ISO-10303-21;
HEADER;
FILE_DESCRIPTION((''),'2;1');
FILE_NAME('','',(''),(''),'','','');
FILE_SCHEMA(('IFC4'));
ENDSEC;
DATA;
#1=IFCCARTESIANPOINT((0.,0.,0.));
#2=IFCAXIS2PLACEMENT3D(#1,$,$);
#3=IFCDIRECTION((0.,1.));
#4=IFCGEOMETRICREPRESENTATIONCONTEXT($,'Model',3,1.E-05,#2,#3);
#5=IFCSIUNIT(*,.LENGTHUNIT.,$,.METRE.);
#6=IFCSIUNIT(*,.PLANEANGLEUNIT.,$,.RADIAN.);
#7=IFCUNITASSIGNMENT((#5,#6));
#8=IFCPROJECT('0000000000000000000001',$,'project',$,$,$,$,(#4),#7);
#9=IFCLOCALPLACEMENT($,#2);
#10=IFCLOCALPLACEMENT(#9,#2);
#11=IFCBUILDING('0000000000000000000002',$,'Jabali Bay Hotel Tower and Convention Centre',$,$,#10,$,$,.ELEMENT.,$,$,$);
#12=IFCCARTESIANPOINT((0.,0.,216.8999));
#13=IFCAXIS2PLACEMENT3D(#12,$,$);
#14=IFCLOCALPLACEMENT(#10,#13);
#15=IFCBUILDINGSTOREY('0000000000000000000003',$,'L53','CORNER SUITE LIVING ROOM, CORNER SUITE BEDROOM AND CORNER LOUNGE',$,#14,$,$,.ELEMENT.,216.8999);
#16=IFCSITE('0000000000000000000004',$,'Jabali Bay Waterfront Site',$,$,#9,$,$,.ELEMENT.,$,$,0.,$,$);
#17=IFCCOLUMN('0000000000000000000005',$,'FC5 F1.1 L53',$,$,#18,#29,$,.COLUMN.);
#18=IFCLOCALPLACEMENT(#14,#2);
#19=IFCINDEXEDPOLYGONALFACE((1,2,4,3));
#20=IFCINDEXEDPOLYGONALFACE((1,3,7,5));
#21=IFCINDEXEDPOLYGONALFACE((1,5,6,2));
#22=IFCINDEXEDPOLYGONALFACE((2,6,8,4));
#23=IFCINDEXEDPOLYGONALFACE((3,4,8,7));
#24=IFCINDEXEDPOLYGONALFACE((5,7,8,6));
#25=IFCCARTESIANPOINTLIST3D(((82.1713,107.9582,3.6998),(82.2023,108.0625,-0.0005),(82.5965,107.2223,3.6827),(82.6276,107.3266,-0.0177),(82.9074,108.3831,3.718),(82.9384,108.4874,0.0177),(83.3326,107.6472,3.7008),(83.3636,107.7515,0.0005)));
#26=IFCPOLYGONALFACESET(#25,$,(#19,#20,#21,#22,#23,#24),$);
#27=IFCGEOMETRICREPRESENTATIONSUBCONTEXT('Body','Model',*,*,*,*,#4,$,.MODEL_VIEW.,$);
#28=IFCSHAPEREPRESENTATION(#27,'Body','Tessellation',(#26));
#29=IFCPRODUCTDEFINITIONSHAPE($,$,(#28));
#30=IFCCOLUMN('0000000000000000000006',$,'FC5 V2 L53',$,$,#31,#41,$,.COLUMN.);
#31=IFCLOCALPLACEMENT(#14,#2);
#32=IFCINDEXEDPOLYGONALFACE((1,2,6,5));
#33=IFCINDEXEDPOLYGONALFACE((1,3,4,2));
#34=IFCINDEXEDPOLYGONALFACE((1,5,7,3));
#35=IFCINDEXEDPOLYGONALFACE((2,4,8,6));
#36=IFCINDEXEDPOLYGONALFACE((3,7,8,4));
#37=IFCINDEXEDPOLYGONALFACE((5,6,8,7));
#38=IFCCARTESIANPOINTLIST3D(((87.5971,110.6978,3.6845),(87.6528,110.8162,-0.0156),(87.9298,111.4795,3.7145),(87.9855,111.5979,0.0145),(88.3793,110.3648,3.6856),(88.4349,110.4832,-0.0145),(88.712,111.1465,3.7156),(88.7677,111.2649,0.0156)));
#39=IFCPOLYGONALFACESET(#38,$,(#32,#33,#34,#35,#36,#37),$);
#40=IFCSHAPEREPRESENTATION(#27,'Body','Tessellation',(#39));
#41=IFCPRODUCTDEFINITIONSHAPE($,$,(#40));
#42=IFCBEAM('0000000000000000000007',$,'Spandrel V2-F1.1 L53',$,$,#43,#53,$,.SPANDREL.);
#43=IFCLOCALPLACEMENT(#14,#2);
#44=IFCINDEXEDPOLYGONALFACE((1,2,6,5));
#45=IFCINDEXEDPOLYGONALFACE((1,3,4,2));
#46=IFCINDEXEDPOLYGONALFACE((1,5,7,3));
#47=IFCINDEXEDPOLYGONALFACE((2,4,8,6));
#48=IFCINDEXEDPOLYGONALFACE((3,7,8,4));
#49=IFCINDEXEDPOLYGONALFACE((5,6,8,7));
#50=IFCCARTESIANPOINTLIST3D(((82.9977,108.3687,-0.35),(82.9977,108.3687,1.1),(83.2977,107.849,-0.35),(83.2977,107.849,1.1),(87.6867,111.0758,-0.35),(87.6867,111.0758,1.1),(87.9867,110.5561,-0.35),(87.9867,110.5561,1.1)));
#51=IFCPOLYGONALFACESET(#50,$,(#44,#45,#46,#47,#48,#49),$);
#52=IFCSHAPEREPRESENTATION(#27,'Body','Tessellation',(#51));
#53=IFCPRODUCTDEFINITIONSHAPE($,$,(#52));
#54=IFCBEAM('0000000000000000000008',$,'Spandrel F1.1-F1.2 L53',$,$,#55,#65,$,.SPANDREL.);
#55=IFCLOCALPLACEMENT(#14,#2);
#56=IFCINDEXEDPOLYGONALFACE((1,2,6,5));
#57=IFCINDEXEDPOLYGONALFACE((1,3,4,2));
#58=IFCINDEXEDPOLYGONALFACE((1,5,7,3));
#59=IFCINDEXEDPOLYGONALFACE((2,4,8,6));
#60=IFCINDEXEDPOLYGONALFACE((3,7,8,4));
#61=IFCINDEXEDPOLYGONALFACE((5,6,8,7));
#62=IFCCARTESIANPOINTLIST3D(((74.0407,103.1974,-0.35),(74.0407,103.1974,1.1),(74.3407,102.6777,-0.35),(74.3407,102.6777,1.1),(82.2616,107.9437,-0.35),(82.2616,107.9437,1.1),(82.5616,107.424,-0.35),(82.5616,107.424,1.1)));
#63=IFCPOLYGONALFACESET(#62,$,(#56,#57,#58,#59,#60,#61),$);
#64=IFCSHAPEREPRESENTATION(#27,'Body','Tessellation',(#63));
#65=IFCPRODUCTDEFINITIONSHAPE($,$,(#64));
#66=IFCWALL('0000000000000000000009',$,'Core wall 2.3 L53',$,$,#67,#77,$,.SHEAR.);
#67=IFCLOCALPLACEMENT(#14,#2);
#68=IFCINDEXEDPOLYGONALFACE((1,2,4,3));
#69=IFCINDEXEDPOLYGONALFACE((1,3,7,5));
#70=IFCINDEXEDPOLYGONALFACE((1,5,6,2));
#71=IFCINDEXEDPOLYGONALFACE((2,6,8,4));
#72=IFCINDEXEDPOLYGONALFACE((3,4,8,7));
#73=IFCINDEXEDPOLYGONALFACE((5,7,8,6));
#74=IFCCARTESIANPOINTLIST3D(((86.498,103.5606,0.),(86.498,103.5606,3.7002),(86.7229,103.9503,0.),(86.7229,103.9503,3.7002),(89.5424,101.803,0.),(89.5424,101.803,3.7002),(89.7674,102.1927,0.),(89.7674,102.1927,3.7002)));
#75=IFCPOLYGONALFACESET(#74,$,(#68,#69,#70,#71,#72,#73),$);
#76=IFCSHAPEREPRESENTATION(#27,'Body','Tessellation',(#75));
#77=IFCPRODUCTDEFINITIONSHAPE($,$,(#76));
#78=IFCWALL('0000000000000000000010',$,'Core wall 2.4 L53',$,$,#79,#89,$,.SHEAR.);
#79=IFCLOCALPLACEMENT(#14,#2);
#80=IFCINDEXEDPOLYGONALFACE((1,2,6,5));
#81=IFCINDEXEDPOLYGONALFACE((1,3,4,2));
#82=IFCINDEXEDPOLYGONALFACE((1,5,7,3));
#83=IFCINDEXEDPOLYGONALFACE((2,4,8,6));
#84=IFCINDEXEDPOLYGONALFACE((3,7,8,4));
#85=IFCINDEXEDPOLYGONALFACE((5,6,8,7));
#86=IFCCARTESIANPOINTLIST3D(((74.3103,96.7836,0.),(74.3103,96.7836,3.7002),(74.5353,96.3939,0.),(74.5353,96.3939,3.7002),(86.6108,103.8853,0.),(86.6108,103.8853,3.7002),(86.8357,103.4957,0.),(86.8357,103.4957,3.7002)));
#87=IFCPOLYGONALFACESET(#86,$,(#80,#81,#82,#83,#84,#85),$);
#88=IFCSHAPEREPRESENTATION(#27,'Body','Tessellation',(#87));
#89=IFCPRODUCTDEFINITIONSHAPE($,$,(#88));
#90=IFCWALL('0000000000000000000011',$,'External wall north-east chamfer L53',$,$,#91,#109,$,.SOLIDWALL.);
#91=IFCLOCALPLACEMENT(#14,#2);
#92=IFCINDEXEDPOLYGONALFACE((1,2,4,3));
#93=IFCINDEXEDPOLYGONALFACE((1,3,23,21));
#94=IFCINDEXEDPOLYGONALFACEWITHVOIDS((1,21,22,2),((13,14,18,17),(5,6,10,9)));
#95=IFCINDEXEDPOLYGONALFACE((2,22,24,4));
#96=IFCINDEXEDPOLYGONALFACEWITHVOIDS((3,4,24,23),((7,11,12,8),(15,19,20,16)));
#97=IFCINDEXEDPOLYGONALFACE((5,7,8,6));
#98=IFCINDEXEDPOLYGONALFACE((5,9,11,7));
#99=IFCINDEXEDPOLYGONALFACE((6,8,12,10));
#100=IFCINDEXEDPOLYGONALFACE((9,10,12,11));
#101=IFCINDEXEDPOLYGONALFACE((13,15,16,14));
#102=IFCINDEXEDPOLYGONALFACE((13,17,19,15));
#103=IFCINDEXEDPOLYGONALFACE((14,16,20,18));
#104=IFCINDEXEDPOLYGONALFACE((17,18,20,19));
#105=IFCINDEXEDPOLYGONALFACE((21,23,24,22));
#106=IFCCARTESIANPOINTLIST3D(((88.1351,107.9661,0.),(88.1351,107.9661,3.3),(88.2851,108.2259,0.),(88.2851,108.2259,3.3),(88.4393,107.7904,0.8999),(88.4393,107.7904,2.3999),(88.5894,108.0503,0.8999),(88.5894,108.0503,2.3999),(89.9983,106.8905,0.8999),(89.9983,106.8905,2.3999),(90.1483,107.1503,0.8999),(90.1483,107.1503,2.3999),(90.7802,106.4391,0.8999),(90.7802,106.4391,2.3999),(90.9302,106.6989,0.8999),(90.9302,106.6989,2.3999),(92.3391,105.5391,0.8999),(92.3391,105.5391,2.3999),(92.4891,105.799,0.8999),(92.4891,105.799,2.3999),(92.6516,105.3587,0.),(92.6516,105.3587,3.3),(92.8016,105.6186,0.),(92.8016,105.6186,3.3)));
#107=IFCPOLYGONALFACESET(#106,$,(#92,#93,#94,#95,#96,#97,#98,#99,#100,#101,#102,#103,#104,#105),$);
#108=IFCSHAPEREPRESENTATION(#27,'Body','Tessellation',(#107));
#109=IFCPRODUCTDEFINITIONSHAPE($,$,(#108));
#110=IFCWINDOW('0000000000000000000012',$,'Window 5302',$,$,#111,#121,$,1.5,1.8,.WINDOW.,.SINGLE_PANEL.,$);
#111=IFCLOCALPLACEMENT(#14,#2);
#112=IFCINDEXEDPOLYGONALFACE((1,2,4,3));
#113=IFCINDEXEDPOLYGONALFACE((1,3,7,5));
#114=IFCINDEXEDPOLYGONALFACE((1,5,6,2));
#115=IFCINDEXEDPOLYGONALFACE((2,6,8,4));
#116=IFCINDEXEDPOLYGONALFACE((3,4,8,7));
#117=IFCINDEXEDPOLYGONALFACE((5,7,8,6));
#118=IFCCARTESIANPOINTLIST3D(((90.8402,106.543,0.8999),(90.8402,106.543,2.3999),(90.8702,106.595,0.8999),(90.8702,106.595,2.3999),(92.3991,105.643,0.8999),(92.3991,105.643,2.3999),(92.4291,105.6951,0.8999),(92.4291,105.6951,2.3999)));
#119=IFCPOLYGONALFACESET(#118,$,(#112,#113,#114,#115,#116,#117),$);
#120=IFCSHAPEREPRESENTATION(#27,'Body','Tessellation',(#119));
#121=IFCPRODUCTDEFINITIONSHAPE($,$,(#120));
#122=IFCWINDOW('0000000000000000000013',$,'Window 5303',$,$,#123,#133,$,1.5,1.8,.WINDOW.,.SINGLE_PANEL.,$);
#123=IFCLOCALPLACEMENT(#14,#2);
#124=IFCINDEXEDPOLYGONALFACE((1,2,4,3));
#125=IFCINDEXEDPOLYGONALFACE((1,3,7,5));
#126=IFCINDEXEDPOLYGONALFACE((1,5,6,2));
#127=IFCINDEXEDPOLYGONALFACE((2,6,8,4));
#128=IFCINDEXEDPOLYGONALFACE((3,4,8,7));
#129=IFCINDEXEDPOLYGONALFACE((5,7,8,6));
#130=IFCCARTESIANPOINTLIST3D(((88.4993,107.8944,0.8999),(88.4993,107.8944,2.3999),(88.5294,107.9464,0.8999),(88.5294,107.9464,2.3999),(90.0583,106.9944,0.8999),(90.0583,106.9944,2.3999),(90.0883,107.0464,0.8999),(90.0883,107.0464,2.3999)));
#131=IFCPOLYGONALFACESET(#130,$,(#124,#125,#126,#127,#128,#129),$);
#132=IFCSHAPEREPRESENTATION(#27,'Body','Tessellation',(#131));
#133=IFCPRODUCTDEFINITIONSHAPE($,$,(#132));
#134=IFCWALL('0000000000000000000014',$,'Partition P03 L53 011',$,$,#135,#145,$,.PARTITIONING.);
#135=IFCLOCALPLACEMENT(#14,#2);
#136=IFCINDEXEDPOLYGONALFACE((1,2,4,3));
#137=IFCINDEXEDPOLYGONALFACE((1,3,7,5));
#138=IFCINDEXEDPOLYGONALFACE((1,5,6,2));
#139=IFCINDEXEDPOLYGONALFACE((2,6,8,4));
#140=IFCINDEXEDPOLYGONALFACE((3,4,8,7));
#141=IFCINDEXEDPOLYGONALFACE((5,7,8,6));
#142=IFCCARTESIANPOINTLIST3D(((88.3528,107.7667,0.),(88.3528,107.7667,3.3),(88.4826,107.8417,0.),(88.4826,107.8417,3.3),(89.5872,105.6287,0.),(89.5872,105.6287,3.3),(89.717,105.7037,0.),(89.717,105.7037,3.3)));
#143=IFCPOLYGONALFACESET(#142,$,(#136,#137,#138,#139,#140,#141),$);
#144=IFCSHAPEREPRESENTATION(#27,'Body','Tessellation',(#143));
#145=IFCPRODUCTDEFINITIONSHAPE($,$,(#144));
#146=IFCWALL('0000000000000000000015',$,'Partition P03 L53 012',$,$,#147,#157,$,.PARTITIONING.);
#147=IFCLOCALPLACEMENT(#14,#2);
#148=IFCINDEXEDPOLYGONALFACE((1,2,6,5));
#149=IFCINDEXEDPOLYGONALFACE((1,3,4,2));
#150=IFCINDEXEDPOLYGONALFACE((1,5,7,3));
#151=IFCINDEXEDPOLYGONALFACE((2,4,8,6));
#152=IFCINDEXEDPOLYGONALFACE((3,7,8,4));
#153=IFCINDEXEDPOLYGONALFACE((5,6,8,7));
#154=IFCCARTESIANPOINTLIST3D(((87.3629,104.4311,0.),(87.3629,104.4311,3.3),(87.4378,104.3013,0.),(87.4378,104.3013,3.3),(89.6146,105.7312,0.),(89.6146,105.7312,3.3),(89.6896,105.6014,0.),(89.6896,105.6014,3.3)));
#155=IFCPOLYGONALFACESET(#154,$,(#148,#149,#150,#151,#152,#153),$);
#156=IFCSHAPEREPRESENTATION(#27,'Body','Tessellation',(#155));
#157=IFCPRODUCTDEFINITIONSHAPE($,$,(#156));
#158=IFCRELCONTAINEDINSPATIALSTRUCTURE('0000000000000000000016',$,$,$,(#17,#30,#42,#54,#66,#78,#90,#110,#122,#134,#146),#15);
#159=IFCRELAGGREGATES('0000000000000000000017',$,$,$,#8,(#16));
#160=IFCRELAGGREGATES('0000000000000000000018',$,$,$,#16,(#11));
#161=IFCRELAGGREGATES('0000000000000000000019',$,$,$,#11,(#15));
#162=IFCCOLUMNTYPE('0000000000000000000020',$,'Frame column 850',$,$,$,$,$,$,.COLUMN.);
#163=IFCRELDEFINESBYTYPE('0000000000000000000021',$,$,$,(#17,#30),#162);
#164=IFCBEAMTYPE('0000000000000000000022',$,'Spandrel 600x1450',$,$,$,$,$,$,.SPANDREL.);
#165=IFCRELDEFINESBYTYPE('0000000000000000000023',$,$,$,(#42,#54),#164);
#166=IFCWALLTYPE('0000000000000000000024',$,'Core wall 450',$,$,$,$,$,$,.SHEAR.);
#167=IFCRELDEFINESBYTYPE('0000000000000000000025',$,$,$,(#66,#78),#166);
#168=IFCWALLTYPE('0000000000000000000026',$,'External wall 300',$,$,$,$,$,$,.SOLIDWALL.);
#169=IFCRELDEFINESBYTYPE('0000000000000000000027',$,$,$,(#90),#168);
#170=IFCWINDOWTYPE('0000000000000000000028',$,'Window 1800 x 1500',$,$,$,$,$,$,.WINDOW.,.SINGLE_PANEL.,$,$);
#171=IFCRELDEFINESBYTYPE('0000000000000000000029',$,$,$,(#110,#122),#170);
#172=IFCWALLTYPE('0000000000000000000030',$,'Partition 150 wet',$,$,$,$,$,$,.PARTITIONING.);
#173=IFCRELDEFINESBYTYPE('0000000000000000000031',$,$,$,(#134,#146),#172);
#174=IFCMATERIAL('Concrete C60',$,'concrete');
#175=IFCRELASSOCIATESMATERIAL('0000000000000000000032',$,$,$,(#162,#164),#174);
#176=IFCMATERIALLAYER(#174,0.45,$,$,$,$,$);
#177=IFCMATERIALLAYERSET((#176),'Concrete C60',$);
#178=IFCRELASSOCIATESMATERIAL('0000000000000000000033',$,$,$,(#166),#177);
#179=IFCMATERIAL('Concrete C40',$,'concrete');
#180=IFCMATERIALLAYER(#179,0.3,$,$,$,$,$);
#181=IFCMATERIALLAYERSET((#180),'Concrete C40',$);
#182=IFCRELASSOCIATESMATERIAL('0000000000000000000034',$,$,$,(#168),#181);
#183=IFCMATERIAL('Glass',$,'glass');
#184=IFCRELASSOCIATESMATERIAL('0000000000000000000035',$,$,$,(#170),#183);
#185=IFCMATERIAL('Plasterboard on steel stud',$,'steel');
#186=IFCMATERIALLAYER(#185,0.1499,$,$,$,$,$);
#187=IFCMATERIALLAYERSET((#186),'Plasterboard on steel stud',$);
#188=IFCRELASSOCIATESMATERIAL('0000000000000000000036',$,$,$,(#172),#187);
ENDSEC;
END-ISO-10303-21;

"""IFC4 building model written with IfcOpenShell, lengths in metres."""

from ifc_helpers import new_model, si_unit, direction, frame, frame_2d, origin, origin_2d, place, context, subcontext, project, spatial, rectangle, extrude, material, layer, layer_set, material_profile, profile_set, type_object, element, fill, save


model = new_model("IFC4")

# Units and contexts
model_context = context("Model", 3, precision=1e-05, world=origin(), true_north=direction((0.0, 1.0)))
body_context = subcontext(model_context, "Body", "Model", "MODEL_VIEW")
ifc_project = project(units=[si_unit("LENGTHUNIT", "METRE"), si_unit("PLANEANGLEUNIT", "RADIAN")], contexts=[model_context])

# Site, building, storey
site_placement = place(None, origin())
site = spatial("IfcSite", under=ifc_project, at=site_placement, Name="Jabali Bay Waterfront Site", CompositionType="ELEMENT", RefElevation=0.0)
building_placement = place(site_placement, origin())
building = spatial("IfcBuilding", under=site, at=building_placement, Name="Jabali Bay Hotel Tower and Convention Centre", CompositionType="ELEMENT")
storey_placement = place(building_placement, frame((0.0, 0.0, 216.8999)))
storey = spatial("IfcBuildingStorey", under=building, at=storey_placement, Name="L53", Description="CORNER SUITE LIVING ROOM, CORNER SUITE BEDROOM AND CORNER LOUNGE", CompositionType="ELEMENT", Elevation=216.8999)

# Columns
ifc_material_1 = material(Name="Concrete C60", Category="concrete")
ifc_material_profile_1 = material_profile(ifc_material_1, rectangle(XDim=0.8501, YDim=0.8501, at=origin_2d()), Name="Frame column 850")
ifc_profile_set_1 = profile_set([ifc_material_profile_1], Name="Concrete C60")
column_type = type_object("IfcColumnType", Name="Frame column 850", PredefinedType="COLUMN", material=ifc_profile_set_1)
column_1_placement = place(storey_placement, frame((82.783, 107.907, 0.0), z_axis=(-0.008376, -0.028161, 0.999568), x_axis=(0.865851, 0.499847, 0.021338)))
element("IfcColumn", 1, at=column_1_placement, inside=storey, type_object=column_type, Name="FC5 F1.1 L53", PredefinedType="COLUMN", context=body_context, shape_type="SweptSolid", body=[
    extrude(rectangle(XDim=0.8501, YDim=0.8501, at=origin_2d()), origin(), (0.0, 0.0, 1.0), 3.7019),
])
column_2_placement = place(storey_placement, frame((88.2102, 111.0405, 0.0), z_axis=(-0.015034, -0.031981, 0.999375), x_axis=(0.920098, -0.391685, 0.001307)))
element("IfcColumn", 2, at=column_2_placement, inside=storey, type_object=column_type, Name="FC5 V2 L53", PredefinedType="COLUMN", context=body_context, shape_type="SweptSolid", body=[
    extrude(rectangle(XDim=0.8501, YDim=0.8501, at=origin_2d()), origin(), (0.0, 0.0, 1.0), 3.7024),
])

# Beams
ifc_material_profile_2 = material_profile(ifc_material_1, rectangle(XDim=0.6001, YDim=1.45, at=origin_2d()), Name="Spandrel 600x1450")
ifc_profile_set_2 = profile_set([ifc_material_profile_2], Name="Concrete C60")
beam_type = type_object("IfcBeamType", Name="Spandrel 600x1450", PredefinedType="SPANDREL", material=ifc_profile_set_2)
beam_1_placement = place(storey_placement, frame((87.8367, 110.8159, 0.375), z_axis=(-0.866037, -0.49998, 0.0), x_axis=(0.49998, -0.866037, 0.0)))
element("IfcBeam", 3, at=beam_1_placement, inside=storey, type_object=beam_type, Name="Spandrel V2-F1.1 L53", PredefinedType="SPANDREL", context=body_context, shape_type="SweptSolid", body=[
    extrude(rectangle(XDim=0.6001, YDim=1.45, at=origin_2d()), origin(), (0.0, 0.0, 1.0), 5.4143),
])
beam_2_placement = place(storey_placement, frame((82.4116, 107.6838, 0.375), z_axis=(-0.866027, -0.499998, 0.0), x_axis=(0.499998, -0.866027, 0.0)))
element("IfcBeam", 4, at=beam_2_placement, inside=storey, type_object=beam_type, Name="Spandrel F1.1-F1.2 L53", PredefinedType="SPANDREL", context=body_context, shape_type="SweptSolid", body=[
    extrude(rectangle(XDim=0.6001, YDim=1.45, at=origin_2d()), origin(), (0.0, 0.0, 1.0), 9.4927),
])

# Walls
ifc_layer_1 = layer(ifc_material_1, 0.45)
ifc_layer_set_1 = layer_set([ifc_layer_1], Name="Concrete C60")
wall_type_1 = type_object("IfcWallType", Name="Core wall 450", PredefinedType="SHEAR", material=ifc_layer_set_1)
wall_1_placement = place(storey_placement, frame((89.655, 101.9978, 0.0), z_axis=(0.0, 0.0, 1.0), x_axis=(-0.866042, 0.499971, 0.0)))
element("IfcWall", 5, at=wall_1_placement, inside=storey, type_object=wall_type_1, Name="Core wall 2.3 L53", PredefinedType="SHEAR", context=body_context, shape_type="SweptSolid", body=[
    extrude(rectangle(XDim=3.5154, YDim=0.45, at=frame_2d((1.7578, 0.0))), origin(), (0.0, 0.0, 1.0), 3.7002),
])
wall_2_placement = place(storey_placement, frame((86.7231, 103.6904, 0.0), z_axis=(0.0, 0.0, 1.0), x_axis=(-0.866023, -0.500005, 0.0)))
element("IfcWall", 6, at=wall_2_placement, inside=storey, type_object=wall_type_1, Name="Core wall 2.4 L53", PredefinedType="SHEAR", context=body_context, shape_type="SweptSolid", body=[
    extrude(rectangle(XDim=14.2034, YDim=0.45, at=frame_2d((7.1016, 0.0))), origin(), (0.0, 0.0, 1.0), 3.7002),
])

# Wall, openings, windows
ifc_material_2 = material(Name="Concrete C40", Category="concrete")
ifc_layer_2 = layer(ifc_material_2, 0.3)
ifc_layer_set_2 = layer_set([ifc_layer_2], Name="Concrete C40")
wall_type_2 = type_object("IfcWallType", Name="External wall 300", PredefinedType="SOLIDWALL", material=ifc_layer_set_2)
wall_3_placement = place(storey_placement, frame((88.2102, 108.0959, 0.0), z_axis=(0.0, 0.0, 1.0), x_axis=(0.866045, -0.499966, 0.0)))
wall_3 = element("IfcWall", 7, at=wall_3_placement, inside=storey, type_object=wall_type_2, Name="External wall north-east chamfer L53", PredefinedType="SOLIDWALL", context=body_context, shape_type="SweptSolid", body=[
    extrude(rectangle(XDim=5.2151, YDim=0.3, at=frame_2d((2.6074, 0.0))), origin(), (0.0, 0.0, 1.0), 3.3),
])
opening_1_placement = place(wall_3_placement, frame((3.0542, 0.0, 0.8999)))
opening_1 = element("IfcOpeningElement", 8, at=opening_1_placement, cuts=wall_3, PredefinedType="OPENING", context=body_context, shape_type="SweptSolid", body=[
    extrude(rectangle(XDim=1.8, YDim=1.5, at=frame_2d((0.8999, 0.75))), frame((0.0, 0.1606, 0.0), z_axis=(0.0, -1.0, 0.0), x_axis=(1.0, 0.0, 0.0)), (0.0, 0.0, 1.0), 0.321),
])
opening_2_placement = place(wall_3_placement, frame((0.3513, 0.0, 0.8999)))
opening_2 = element("IfcOpeningElement", 9, at=opening_2_placement, cuts=wall_3, PredefinedType="OPENING", context=body_context, shape_type="SweptSolid", body=[
    extrude(rectangle(XDim=1.8, YDim=1.5, at=frame_2d((0.8999, 0.75))), frame((0.0, 0.1606, 0.0), z_axis=(0.0, -1.0, 0.0), x_axis=(1.0, 0.0, 0.0)), (0.0, 0.0, 1.0), 0.321),
])
ifc_material_3 = material(Name="Glass", Category="glass")
window_type = type_object("IfcWindowType", Name="Window 1800 x 1500", PartitioningType="SINGLE_PANEL", PredefinedType="WINDOW", material=ifc_material_3)
window_1_placement = place(opening_1_placement, origin())
window_1 = element("IfcWindow", 10, at=window_1_placement, inside=storey, type_object=window_type, Name="Window 5302", OverallHeight=1.5, OverallWidth=1.8, PartitioningType="SINGLE_PANEL", PredefinedType="WINDOW", context=body_context, shape_type="SweptSolid", body=[
    extrude(rectangle(XDim=1.8, YDim=1.5, at=frame_2d((0.8999, 0.75))), frame((0.0, 0.03, 0.0), z_axis=(0.0, -1.0, 0.0), x_axis=(1.0, 0.0, 0.0)), (0.0, 0.0, 1.0), 0.0601),
])
fill(opening_1, window_1)
window_2_placement = place(opening_2_placement, origin())
window_2 = element("IfcWindow", 11, at=window_2_placement, inside=storey, type_object=window_type, Name="Window 5303", OverallHeight=1.5, OverallWidth=1.8, PartitioningType="SINGLE_PANEL", PredefinedType="WINDOW", context=body_context, shape_type="SweptSolid", body=[
    extrude(rectangle(XDim=1.8, YDim=1.5, at=frame_2d((0.8999, 0.75))), frame((0.0, 0.03, 0.0), z_axis=(0.0, -1.0, 0.0), x_axis=(1.0, 0.0, 0.0)), (0.0, 0.0, 1.0), 0.0601),
])
fill(opening_2, window_2)

# Walls
ifc_material_4 = material(Name="Plasterboard on steel stud", Category="steel")
ifc_layer_3 = layer(ifc_material_4, 0.1499)
ifc_layer_set_3 = layer_set([ifc_layer_3], Name="Plasterboard on steel stud")
wall_type_3 = type_object("IfcWallType", Name="Partition 150 wet", PredefinedType="PARTITIONING", material=ifc_layer_set_3)
wall_4_placement = place(storey_placement, frame((88.4177, 107.8042, 0.0), z_axis=(0.0, 0.0, 1.0), x_axis=(0.500011, -0.866019, 0.0)))
element("IfcWall", 12, at=wall_4_placement, inside=storey, type_object=wall_type_3, Name="Partition P03 L53 011", PredefinedType="PARTITIONING", context=body_context, shape_type="SweptSolid", body=[
    extrude(rectangle(XDim=2.4688, YDim=0.1499, at=frame_2d((1.2344, 0.0))), origin(), (0.0, 0.0, 1.0), 3.3),
])
wall_5_placement = place(storey_placement, frame((89.6521, 105.6663, 0.0), z_axis=(0.0, 0.0, 1.0), x_axis=(-0.866021, -0.500007, 0.0)))
element("IfcWall", 13, at=wall_5_placement, inside=storey, type_object=wall_type_3, Name="Partition P03 L53 012", PredefinedType="PARTITIONING", context=body_context, shape_type="SweptSolid", body=[
    extrude(rectangle(XDim=2.6001, YDim=0.1499, at=frame_2d((1.3, 0.0))), origin(), (0.0, 0.0, 1.0), 3.3),
])

save(model, "model.ifc")
